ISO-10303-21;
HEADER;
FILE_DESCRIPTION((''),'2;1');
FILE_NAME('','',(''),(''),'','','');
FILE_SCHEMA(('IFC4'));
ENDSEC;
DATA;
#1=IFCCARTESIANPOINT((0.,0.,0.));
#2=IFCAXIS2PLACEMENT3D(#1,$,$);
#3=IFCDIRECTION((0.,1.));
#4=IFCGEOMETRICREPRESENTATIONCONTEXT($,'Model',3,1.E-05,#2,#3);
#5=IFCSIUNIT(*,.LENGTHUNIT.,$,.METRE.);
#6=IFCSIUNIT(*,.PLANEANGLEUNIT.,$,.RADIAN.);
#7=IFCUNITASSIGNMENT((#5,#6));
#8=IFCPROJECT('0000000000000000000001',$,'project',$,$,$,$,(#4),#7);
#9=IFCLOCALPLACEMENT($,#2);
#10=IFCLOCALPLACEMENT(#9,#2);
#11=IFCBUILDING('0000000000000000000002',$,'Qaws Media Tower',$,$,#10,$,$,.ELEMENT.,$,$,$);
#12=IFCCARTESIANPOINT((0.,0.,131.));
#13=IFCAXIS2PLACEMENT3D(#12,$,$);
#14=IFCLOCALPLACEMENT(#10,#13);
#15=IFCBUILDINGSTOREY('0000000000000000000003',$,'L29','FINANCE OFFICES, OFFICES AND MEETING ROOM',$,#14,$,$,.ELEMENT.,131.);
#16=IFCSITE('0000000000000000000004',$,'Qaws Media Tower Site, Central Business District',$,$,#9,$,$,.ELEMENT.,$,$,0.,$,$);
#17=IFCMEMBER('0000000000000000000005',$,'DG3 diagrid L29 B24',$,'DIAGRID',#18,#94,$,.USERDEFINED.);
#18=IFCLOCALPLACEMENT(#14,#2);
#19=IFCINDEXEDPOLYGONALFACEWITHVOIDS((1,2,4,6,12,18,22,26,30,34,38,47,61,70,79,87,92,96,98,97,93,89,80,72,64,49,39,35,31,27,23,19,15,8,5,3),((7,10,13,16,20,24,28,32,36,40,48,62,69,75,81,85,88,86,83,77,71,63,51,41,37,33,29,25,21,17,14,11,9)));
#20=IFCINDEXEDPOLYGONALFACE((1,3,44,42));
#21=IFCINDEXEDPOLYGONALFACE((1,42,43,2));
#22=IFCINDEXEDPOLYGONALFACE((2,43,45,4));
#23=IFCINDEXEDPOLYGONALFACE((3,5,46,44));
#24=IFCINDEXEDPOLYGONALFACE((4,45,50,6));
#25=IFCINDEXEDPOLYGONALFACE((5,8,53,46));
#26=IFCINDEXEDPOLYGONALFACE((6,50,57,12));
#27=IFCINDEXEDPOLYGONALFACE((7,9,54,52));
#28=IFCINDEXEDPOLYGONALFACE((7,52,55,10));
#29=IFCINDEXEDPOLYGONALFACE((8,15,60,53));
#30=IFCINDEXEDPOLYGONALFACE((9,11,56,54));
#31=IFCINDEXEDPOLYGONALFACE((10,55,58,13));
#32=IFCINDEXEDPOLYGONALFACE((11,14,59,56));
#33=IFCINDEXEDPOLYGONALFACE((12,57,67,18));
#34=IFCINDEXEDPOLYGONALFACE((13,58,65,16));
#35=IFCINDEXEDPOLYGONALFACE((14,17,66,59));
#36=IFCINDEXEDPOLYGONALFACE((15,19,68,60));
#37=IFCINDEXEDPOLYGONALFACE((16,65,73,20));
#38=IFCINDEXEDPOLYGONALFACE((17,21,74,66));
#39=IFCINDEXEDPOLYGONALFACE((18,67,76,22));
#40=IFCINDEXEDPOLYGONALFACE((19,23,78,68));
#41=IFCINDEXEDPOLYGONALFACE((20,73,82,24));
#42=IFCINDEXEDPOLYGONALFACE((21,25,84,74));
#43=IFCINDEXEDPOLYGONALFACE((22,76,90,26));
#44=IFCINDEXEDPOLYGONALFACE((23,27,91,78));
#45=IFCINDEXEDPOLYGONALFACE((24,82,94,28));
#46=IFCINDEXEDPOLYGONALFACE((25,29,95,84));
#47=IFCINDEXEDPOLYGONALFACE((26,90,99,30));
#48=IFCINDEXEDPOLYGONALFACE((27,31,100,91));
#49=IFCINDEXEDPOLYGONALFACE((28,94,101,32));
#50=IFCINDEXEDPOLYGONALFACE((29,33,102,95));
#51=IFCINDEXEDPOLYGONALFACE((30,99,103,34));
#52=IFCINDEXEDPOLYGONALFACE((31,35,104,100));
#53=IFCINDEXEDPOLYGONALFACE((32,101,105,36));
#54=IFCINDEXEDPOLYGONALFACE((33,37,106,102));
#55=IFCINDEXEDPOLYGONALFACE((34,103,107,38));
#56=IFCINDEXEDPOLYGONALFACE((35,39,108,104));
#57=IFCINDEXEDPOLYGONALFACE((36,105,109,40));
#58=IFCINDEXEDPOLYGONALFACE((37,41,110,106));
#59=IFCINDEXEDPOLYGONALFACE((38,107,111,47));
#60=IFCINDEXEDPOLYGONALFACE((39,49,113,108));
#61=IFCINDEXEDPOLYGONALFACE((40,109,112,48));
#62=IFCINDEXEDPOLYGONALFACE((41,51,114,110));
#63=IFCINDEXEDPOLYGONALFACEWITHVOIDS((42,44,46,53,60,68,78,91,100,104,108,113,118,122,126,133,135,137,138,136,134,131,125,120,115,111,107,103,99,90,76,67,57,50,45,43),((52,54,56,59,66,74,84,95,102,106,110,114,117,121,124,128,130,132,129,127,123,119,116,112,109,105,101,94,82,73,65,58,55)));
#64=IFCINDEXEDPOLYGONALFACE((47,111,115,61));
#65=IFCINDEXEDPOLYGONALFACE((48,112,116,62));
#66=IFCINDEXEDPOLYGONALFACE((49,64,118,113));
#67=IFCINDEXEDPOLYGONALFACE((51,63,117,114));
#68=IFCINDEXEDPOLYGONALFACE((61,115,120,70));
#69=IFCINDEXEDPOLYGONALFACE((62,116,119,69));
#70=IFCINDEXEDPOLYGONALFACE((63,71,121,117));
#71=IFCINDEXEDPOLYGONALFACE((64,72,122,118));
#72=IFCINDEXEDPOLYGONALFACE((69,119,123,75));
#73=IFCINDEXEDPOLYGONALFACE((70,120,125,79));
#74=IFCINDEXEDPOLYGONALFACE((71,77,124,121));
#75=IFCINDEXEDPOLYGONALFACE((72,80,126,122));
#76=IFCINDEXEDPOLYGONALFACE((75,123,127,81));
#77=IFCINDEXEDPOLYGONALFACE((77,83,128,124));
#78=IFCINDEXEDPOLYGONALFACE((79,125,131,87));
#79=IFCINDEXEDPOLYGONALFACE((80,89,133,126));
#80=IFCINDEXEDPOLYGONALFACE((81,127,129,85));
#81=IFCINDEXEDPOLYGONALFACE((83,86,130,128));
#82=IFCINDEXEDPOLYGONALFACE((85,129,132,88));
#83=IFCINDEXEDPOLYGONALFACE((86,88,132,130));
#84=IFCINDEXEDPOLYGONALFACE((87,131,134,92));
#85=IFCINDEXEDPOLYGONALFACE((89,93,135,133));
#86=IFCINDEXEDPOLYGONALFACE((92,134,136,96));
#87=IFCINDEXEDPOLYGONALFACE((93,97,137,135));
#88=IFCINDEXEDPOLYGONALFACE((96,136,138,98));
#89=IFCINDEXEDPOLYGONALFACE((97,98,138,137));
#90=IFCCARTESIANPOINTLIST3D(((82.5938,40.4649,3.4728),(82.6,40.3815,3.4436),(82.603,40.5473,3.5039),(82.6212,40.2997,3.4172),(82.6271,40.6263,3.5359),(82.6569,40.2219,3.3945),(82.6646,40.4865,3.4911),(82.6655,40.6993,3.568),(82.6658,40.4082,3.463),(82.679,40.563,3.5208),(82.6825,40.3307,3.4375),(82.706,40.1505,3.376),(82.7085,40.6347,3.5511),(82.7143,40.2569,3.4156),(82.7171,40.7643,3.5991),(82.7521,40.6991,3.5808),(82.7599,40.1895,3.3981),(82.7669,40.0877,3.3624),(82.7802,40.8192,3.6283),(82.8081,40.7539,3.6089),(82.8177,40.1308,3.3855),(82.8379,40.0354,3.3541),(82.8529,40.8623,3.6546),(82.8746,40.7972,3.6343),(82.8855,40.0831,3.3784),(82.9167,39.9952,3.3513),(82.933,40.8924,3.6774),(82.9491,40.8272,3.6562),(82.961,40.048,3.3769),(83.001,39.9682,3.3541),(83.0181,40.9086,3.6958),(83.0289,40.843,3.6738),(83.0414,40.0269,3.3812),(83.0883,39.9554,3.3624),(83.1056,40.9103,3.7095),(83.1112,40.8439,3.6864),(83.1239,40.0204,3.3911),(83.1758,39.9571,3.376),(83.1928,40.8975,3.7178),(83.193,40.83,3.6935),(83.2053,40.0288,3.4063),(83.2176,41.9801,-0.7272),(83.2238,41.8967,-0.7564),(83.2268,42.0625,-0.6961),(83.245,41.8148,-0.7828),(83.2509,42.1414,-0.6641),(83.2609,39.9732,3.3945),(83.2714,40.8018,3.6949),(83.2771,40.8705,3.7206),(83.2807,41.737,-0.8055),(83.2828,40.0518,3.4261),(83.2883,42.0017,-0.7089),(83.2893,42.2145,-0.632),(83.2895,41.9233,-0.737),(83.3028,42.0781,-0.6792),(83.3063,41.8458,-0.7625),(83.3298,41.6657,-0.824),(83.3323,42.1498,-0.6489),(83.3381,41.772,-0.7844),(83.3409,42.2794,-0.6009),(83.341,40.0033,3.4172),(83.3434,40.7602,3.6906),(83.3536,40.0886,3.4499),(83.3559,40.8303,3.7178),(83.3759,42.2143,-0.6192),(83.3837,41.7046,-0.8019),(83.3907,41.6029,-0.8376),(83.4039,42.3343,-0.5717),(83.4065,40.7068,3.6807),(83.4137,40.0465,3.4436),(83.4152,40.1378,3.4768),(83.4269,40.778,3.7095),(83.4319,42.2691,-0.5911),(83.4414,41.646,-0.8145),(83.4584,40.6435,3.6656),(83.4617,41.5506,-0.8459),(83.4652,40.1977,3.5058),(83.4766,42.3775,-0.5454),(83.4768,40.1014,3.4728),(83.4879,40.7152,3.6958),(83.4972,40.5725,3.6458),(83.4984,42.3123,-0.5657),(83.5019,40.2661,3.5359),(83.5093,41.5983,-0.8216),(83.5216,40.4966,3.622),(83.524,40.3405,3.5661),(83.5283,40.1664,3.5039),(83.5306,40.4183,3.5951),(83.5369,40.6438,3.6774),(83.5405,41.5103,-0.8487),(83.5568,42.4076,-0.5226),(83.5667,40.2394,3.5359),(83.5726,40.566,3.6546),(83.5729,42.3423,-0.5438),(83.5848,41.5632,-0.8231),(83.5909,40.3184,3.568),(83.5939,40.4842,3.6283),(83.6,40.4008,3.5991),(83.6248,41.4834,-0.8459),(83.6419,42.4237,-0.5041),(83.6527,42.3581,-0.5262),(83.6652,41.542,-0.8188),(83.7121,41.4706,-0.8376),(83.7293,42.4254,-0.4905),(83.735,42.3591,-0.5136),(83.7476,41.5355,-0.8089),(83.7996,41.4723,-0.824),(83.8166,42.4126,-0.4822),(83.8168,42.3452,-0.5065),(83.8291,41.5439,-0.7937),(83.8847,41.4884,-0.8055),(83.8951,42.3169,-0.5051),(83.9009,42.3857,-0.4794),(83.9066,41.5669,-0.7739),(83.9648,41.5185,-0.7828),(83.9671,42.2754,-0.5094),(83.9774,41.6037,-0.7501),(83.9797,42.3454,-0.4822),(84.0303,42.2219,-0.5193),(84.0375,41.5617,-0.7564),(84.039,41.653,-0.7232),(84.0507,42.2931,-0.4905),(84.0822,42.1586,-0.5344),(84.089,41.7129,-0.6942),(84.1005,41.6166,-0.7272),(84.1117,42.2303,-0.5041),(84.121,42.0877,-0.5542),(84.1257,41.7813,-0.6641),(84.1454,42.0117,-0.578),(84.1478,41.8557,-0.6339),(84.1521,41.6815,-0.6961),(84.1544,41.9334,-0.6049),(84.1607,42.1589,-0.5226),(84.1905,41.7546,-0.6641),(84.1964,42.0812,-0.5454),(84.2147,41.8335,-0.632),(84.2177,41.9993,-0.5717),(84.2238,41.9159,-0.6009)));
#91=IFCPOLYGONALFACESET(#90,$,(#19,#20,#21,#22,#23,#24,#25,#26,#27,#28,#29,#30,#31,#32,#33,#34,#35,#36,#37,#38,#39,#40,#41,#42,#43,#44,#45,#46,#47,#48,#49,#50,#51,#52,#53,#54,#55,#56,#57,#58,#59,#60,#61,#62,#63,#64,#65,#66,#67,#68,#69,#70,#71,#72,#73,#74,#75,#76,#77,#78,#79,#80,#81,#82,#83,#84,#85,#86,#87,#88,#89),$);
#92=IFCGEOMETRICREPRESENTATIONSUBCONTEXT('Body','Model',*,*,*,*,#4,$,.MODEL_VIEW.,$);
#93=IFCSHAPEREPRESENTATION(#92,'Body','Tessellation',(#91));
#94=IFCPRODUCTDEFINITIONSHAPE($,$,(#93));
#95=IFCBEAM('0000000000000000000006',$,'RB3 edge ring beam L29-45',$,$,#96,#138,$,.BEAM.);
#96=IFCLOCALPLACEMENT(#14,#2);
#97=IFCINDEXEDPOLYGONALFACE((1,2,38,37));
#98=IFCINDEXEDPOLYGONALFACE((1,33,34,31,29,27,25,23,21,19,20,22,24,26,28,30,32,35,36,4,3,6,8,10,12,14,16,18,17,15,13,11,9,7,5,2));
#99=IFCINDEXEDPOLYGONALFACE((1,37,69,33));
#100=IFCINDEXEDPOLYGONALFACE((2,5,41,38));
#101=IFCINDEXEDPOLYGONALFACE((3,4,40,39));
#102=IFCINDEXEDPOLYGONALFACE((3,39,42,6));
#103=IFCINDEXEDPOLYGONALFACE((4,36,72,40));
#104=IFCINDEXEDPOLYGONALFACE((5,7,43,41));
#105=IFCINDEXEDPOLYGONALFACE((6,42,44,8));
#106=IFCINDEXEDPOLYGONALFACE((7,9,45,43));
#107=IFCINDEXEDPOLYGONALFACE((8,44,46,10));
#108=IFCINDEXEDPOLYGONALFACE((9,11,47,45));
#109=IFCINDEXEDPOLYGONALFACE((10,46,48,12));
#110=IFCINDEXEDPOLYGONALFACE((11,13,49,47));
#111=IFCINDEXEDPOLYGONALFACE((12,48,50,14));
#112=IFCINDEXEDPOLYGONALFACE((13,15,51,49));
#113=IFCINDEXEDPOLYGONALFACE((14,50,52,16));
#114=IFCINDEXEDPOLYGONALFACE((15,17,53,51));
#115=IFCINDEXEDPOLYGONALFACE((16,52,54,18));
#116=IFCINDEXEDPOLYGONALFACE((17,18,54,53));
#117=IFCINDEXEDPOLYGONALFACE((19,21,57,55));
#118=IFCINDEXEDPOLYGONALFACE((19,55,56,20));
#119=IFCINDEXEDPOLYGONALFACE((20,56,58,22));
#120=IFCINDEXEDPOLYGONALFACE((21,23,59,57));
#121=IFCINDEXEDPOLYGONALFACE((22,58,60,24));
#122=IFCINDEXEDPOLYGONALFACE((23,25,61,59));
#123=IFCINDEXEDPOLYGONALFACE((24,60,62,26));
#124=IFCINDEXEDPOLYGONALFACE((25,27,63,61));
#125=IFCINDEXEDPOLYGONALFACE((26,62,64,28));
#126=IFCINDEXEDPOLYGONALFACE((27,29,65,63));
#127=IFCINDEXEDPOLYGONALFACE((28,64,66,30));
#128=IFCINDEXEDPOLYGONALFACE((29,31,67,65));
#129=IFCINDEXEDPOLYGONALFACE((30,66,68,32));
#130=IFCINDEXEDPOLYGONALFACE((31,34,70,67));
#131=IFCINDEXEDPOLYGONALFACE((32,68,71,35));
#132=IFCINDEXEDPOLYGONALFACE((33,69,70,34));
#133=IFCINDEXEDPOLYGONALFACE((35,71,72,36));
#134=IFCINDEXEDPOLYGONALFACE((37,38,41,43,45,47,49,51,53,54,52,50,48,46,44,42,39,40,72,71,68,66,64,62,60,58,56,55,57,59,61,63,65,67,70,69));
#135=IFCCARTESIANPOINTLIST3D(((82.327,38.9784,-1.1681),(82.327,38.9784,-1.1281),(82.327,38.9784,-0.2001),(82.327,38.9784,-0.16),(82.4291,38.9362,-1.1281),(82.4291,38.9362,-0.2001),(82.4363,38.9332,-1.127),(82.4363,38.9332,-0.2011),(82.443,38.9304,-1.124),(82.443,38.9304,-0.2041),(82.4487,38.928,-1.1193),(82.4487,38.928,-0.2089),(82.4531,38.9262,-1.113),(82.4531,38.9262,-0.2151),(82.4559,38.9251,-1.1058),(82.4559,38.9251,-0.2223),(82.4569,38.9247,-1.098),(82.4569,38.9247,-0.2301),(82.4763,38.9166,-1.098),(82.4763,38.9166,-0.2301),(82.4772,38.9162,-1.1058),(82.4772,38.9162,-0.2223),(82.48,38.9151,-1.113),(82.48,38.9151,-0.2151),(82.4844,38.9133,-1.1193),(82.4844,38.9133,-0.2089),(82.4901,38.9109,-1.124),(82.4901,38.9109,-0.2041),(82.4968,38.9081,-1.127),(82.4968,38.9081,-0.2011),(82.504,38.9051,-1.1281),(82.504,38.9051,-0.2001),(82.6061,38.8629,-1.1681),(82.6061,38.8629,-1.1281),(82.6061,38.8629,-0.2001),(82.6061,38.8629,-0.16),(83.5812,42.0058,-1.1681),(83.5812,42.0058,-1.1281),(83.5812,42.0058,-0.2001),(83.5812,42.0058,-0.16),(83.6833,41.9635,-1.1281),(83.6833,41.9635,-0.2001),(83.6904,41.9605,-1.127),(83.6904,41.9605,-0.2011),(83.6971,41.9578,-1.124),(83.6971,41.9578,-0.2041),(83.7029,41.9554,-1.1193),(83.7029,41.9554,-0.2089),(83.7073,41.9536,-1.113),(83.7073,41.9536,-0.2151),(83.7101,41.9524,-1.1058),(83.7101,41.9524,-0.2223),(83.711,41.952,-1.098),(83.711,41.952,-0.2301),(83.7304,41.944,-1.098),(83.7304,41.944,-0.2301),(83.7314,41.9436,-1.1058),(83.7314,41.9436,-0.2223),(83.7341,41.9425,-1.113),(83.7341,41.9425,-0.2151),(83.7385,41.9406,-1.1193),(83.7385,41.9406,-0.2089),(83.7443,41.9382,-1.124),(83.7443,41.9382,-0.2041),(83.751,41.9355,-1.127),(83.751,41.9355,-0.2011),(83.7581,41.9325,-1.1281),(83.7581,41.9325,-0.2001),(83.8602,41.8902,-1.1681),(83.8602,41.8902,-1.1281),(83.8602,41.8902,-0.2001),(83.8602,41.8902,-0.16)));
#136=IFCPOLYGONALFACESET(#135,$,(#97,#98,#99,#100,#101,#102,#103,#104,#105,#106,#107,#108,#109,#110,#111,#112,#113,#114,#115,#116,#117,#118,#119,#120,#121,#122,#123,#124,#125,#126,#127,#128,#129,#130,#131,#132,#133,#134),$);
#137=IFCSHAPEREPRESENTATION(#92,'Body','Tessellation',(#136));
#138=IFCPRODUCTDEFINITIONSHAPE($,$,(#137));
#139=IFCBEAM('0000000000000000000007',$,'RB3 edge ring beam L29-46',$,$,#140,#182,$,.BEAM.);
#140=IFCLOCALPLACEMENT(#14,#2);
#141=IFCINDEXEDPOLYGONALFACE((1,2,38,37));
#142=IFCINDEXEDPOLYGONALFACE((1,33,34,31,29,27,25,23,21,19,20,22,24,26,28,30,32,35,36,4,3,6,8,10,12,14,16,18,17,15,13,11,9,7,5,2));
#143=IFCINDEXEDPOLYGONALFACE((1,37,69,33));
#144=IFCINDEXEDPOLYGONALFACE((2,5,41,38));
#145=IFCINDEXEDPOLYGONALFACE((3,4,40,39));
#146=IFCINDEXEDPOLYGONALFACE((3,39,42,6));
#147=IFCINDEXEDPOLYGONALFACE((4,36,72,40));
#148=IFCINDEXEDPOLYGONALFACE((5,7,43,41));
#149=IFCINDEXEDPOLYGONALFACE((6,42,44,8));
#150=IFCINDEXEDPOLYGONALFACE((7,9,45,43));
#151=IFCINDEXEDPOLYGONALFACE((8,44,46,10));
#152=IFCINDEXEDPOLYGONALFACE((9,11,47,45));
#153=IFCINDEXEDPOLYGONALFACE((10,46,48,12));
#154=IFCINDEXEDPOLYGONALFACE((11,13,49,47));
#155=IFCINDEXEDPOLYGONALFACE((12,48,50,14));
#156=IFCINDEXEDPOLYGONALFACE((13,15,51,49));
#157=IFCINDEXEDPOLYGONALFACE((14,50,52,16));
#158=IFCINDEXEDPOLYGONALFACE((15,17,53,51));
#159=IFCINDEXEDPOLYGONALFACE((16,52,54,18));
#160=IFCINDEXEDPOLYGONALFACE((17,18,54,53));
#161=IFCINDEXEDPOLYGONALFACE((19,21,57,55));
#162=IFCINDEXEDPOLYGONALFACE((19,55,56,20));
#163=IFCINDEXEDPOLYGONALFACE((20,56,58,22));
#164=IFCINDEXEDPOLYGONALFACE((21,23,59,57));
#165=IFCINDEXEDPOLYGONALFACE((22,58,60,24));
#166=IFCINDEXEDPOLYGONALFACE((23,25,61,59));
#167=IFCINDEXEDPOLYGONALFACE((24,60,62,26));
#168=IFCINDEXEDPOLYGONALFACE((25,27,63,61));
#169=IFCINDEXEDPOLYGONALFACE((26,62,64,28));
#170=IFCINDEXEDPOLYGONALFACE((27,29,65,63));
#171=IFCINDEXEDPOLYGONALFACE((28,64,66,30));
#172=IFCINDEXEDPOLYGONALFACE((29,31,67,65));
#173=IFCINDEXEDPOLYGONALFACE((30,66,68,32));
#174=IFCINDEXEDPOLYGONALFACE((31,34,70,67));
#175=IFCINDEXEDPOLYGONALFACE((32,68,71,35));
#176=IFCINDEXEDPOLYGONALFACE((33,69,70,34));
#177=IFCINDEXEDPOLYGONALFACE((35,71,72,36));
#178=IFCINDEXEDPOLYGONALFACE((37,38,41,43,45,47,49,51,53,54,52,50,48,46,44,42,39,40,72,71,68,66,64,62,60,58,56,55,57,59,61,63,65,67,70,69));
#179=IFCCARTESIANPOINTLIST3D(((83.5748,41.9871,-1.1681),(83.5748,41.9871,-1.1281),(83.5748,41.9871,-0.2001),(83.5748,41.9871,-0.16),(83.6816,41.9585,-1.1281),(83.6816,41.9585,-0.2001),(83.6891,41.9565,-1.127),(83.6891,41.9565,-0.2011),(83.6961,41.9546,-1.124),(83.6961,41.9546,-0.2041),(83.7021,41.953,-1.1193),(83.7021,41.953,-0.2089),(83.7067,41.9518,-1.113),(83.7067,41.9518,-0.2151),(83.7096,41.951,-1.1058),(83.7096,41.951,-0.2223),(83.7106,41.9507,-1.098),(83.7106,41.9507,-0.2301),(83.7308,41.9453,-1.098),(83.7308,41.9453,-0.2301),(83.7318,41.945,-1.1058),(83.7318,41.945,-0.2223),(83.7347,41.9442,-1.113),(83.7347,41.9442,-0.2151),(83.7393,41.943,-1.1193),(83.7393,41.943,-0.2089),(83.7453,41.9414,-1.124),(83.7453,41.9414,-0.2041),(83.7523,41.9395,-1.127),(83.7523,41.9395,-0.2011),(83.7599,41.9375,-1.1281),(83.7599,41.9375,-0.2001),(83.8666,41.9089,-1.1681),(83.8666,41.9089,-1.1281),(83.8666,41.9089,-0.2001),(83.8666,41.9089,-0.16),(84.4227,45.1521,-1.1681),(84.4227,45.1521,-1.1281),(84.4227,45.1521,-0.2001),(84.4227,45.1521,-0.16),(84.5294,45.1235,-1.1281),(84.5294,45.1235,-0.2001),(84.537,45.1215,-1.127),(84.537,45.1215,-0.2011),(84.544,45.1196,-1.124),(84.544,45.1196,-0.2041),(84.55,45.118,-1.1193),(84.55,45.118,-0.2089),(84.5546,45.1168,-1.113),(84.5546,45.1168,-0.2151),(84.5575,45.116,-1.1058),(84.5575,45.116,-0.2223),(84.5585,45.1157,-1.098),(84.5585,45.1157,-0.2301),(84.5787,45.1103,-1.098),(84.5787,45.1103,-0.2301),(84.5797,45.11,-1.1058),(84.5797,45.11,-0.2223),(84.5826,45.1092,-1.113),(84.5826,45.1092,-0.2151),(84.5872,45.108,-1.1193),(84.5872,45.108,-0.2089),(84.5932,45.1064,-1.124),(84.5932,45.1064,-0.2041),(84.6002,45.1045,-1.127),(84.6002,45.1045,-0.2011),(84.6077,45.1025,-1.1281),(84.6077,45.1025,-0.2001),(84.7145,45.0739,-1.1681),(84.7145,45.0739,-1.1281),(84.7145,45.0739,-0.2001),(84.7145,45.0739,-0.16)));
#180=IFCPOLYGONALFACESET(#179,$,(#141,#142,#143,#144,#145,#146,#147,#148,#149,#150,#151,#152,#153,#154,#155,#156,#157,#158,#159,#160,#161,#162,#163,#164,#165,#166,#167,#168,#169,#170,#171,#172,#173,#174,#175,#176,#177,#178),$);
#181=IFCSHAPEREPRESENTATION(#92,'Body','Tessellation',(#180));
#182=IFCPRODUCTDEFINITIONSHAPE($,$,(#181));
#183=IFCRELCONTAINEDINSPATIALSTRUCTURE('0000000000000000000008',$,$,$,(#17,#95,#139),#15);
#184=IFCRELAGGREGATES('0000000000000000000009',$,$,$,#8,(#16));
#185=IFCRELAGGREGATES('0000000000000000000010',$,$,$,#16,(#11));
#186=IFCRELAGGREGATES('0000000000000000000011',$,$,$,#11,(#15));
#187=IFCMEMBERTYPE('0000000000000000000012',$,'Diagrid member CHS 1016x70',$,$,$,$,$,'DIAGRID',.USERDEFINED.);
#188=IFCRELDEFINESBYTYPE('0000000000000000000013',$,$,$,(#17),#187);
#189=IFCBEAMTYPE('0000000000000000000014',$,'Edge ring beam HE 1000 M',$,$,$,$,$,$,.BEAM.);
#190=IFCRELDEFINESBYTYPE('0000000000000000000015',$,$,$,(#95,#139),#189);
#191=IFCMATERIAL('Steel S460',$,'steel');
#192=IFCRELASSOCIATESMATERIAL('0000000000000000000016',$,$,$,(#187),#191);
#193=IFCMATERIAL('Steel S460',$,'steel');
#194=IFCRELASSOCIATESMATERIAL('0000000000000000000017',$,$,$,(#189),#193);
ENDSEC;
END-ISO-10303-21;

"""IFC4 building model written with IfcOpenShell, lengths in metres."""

from ifc_helpers import new_model, si_unit, direction, frame, origin, origin_2d, place, context, subcontext, project, spatial, hollow_circle, i_section, extrude, material, material_profile, profile_set, type_object, element, save


model = new_model("IFC4")

# Units and contexts
model_context = context("Model", 3, precision=1e-05, world=origin(), true_north=direction((0.0, 1.0)))
body_context = subcontext(model_context, "Body", "Model", "MODEL_VIEW")
ifc_project = project(units=[si_unit("LENGTHUNIT", "METRE"), si_unit("PLANEANGLEUNIT", "RADIAN")], contexts=[model_context])

# Site, building, storey
site_placement = place(None, origin())
site = spatial("IfcSite", under=ifc_project, at=site_placement, Name="Qaws Media Tower Site, Central Business District", CompositionType="ELEMENT", RefElevation=0.0)
building_placement = place(site_placement, origin())
building = spatial("IfcBuilding", under=site, at=building_placement, Name="Qaws Media Tower", CompositionType="ELEMENT")
storey_placement = place(building_placement, frame((0.0, 0.0, 131.0)))
storey = spatial("IfcBuildingStorey", under=building, at=storey_placement, Name="L29", Description="FINANCE OFFICES, OFFICES AND MEETING ROOM", CompositionType="ELEMENT", Elevation=131.0)

# Member
ifc_material_1 = material(Name="Steel S460", Category="steel")
ifc_material_profile_1 = material_profile(ifc_material_1, hollow_circle(Radius=0.5081, WallThickness=0.0701, at=origin_2d()), Name="CHS 1016x70")
ifc_profile_set_1 = profile_set([ifc_material_profile_1], Name="Steel S460")
member_type_1 = type_object("IfcMemberType", Name="Diagrid member CHS 1016x70", ElementType="DIAGRID", PredefinedType="USERDEFINED", material=ifc_profile_set_1)
member_1_placement = place(storey_placement, frame((83.7207, 41.948, -0.6641), z_axis=(-0.138364, -0.336081, 0.931614), x_axis=(0.9247, -0.380697, 0.0)))
element("IfcMember", 1, at=member_1_placement, inside=storey, type_object=member_type_1, Name="DG3 diagrid L29 B24", ObjectType="DIAGRID", PredefinedType="USERDEFINED", context=body_context, shape_type="SweptSolid", body=[
    extrude(hollow_circle(Radius=0.5081, WallThickness=0.0701, at=origin_2d()), origin(), (0.0, 0.0, 1.0), 4.5083),
])

# Beams
ifc_material_2 = material(Name="Steel S460", Category="steel")
ifc_material_profile_2 = material_profile(ifc_material_2, i_section(OverallWidth=0.302, OverallDepth=1.0081, WebThickness=0.021, FlangeThickness=0.04, FilletRadius=0.03, at=origin_2d()), Name="HE 1000 M")
ifc_profile_set_2 = profile_set([ifc_material_profile_2], Name="Steel S460")
beam_type_1 = type_object("IfcBeamType", Name="Edge ring beam HE 1000 M", PredefinedType="BEAM", material=ifc_profile_set_2)
beam_1_placement = place(storey_placement, frame((82.4666, 38.9207, -0.6641), z_axis=(0.382731, 0.92386, 0.0), x_axis=(-0.92386, 0.382731, 0.0)))
element("IfcBeam", 2, at=beam_1_placement, inside=storey, type_object=beam_type_1, Name="RB3 edge ring beam L29-45", PredefinedType="BEAM", context=body_context, shape_type="SweptSolid", body=[
    extrude(i_section(OverallWidth=0.302, OverallDepth=1.0081, WebThickness=0.021, FlangeThickness=0.04, FilletRadius=0.03, at=origin_2d()), origin(), (0.0, 0.0, 1.0), 3.2769),
])
for number, where, z_axis, x_axis, name in (
    (3, (83.7207, 41.948, -0.6641), (0.258771, 0.965939, 0.0), (-0.965939, 0.258771, 0.0), "RB3 edge ring beam L29-46"),
):
    element("IfcBeam", number, at=place(storey_placement, frame(where, z_axis=z_axis, x_axis=x_axis)), inside=storey, type_object=beam_type_1, Name=name, PredefinedType="BEAM", context=body_context, shape_type="SweptSolid", body=[
        extrude(i_section(OverallWidth=0.302, OverallDepth=1.0081, WebThickness=0.021, FlangeThickness=0.04, FilletRadius=0.03, at=origin_2d()), origin(), (0.0, 0.0, 1.0), 3.2766),
    ])

save(model, "model.ifc")
